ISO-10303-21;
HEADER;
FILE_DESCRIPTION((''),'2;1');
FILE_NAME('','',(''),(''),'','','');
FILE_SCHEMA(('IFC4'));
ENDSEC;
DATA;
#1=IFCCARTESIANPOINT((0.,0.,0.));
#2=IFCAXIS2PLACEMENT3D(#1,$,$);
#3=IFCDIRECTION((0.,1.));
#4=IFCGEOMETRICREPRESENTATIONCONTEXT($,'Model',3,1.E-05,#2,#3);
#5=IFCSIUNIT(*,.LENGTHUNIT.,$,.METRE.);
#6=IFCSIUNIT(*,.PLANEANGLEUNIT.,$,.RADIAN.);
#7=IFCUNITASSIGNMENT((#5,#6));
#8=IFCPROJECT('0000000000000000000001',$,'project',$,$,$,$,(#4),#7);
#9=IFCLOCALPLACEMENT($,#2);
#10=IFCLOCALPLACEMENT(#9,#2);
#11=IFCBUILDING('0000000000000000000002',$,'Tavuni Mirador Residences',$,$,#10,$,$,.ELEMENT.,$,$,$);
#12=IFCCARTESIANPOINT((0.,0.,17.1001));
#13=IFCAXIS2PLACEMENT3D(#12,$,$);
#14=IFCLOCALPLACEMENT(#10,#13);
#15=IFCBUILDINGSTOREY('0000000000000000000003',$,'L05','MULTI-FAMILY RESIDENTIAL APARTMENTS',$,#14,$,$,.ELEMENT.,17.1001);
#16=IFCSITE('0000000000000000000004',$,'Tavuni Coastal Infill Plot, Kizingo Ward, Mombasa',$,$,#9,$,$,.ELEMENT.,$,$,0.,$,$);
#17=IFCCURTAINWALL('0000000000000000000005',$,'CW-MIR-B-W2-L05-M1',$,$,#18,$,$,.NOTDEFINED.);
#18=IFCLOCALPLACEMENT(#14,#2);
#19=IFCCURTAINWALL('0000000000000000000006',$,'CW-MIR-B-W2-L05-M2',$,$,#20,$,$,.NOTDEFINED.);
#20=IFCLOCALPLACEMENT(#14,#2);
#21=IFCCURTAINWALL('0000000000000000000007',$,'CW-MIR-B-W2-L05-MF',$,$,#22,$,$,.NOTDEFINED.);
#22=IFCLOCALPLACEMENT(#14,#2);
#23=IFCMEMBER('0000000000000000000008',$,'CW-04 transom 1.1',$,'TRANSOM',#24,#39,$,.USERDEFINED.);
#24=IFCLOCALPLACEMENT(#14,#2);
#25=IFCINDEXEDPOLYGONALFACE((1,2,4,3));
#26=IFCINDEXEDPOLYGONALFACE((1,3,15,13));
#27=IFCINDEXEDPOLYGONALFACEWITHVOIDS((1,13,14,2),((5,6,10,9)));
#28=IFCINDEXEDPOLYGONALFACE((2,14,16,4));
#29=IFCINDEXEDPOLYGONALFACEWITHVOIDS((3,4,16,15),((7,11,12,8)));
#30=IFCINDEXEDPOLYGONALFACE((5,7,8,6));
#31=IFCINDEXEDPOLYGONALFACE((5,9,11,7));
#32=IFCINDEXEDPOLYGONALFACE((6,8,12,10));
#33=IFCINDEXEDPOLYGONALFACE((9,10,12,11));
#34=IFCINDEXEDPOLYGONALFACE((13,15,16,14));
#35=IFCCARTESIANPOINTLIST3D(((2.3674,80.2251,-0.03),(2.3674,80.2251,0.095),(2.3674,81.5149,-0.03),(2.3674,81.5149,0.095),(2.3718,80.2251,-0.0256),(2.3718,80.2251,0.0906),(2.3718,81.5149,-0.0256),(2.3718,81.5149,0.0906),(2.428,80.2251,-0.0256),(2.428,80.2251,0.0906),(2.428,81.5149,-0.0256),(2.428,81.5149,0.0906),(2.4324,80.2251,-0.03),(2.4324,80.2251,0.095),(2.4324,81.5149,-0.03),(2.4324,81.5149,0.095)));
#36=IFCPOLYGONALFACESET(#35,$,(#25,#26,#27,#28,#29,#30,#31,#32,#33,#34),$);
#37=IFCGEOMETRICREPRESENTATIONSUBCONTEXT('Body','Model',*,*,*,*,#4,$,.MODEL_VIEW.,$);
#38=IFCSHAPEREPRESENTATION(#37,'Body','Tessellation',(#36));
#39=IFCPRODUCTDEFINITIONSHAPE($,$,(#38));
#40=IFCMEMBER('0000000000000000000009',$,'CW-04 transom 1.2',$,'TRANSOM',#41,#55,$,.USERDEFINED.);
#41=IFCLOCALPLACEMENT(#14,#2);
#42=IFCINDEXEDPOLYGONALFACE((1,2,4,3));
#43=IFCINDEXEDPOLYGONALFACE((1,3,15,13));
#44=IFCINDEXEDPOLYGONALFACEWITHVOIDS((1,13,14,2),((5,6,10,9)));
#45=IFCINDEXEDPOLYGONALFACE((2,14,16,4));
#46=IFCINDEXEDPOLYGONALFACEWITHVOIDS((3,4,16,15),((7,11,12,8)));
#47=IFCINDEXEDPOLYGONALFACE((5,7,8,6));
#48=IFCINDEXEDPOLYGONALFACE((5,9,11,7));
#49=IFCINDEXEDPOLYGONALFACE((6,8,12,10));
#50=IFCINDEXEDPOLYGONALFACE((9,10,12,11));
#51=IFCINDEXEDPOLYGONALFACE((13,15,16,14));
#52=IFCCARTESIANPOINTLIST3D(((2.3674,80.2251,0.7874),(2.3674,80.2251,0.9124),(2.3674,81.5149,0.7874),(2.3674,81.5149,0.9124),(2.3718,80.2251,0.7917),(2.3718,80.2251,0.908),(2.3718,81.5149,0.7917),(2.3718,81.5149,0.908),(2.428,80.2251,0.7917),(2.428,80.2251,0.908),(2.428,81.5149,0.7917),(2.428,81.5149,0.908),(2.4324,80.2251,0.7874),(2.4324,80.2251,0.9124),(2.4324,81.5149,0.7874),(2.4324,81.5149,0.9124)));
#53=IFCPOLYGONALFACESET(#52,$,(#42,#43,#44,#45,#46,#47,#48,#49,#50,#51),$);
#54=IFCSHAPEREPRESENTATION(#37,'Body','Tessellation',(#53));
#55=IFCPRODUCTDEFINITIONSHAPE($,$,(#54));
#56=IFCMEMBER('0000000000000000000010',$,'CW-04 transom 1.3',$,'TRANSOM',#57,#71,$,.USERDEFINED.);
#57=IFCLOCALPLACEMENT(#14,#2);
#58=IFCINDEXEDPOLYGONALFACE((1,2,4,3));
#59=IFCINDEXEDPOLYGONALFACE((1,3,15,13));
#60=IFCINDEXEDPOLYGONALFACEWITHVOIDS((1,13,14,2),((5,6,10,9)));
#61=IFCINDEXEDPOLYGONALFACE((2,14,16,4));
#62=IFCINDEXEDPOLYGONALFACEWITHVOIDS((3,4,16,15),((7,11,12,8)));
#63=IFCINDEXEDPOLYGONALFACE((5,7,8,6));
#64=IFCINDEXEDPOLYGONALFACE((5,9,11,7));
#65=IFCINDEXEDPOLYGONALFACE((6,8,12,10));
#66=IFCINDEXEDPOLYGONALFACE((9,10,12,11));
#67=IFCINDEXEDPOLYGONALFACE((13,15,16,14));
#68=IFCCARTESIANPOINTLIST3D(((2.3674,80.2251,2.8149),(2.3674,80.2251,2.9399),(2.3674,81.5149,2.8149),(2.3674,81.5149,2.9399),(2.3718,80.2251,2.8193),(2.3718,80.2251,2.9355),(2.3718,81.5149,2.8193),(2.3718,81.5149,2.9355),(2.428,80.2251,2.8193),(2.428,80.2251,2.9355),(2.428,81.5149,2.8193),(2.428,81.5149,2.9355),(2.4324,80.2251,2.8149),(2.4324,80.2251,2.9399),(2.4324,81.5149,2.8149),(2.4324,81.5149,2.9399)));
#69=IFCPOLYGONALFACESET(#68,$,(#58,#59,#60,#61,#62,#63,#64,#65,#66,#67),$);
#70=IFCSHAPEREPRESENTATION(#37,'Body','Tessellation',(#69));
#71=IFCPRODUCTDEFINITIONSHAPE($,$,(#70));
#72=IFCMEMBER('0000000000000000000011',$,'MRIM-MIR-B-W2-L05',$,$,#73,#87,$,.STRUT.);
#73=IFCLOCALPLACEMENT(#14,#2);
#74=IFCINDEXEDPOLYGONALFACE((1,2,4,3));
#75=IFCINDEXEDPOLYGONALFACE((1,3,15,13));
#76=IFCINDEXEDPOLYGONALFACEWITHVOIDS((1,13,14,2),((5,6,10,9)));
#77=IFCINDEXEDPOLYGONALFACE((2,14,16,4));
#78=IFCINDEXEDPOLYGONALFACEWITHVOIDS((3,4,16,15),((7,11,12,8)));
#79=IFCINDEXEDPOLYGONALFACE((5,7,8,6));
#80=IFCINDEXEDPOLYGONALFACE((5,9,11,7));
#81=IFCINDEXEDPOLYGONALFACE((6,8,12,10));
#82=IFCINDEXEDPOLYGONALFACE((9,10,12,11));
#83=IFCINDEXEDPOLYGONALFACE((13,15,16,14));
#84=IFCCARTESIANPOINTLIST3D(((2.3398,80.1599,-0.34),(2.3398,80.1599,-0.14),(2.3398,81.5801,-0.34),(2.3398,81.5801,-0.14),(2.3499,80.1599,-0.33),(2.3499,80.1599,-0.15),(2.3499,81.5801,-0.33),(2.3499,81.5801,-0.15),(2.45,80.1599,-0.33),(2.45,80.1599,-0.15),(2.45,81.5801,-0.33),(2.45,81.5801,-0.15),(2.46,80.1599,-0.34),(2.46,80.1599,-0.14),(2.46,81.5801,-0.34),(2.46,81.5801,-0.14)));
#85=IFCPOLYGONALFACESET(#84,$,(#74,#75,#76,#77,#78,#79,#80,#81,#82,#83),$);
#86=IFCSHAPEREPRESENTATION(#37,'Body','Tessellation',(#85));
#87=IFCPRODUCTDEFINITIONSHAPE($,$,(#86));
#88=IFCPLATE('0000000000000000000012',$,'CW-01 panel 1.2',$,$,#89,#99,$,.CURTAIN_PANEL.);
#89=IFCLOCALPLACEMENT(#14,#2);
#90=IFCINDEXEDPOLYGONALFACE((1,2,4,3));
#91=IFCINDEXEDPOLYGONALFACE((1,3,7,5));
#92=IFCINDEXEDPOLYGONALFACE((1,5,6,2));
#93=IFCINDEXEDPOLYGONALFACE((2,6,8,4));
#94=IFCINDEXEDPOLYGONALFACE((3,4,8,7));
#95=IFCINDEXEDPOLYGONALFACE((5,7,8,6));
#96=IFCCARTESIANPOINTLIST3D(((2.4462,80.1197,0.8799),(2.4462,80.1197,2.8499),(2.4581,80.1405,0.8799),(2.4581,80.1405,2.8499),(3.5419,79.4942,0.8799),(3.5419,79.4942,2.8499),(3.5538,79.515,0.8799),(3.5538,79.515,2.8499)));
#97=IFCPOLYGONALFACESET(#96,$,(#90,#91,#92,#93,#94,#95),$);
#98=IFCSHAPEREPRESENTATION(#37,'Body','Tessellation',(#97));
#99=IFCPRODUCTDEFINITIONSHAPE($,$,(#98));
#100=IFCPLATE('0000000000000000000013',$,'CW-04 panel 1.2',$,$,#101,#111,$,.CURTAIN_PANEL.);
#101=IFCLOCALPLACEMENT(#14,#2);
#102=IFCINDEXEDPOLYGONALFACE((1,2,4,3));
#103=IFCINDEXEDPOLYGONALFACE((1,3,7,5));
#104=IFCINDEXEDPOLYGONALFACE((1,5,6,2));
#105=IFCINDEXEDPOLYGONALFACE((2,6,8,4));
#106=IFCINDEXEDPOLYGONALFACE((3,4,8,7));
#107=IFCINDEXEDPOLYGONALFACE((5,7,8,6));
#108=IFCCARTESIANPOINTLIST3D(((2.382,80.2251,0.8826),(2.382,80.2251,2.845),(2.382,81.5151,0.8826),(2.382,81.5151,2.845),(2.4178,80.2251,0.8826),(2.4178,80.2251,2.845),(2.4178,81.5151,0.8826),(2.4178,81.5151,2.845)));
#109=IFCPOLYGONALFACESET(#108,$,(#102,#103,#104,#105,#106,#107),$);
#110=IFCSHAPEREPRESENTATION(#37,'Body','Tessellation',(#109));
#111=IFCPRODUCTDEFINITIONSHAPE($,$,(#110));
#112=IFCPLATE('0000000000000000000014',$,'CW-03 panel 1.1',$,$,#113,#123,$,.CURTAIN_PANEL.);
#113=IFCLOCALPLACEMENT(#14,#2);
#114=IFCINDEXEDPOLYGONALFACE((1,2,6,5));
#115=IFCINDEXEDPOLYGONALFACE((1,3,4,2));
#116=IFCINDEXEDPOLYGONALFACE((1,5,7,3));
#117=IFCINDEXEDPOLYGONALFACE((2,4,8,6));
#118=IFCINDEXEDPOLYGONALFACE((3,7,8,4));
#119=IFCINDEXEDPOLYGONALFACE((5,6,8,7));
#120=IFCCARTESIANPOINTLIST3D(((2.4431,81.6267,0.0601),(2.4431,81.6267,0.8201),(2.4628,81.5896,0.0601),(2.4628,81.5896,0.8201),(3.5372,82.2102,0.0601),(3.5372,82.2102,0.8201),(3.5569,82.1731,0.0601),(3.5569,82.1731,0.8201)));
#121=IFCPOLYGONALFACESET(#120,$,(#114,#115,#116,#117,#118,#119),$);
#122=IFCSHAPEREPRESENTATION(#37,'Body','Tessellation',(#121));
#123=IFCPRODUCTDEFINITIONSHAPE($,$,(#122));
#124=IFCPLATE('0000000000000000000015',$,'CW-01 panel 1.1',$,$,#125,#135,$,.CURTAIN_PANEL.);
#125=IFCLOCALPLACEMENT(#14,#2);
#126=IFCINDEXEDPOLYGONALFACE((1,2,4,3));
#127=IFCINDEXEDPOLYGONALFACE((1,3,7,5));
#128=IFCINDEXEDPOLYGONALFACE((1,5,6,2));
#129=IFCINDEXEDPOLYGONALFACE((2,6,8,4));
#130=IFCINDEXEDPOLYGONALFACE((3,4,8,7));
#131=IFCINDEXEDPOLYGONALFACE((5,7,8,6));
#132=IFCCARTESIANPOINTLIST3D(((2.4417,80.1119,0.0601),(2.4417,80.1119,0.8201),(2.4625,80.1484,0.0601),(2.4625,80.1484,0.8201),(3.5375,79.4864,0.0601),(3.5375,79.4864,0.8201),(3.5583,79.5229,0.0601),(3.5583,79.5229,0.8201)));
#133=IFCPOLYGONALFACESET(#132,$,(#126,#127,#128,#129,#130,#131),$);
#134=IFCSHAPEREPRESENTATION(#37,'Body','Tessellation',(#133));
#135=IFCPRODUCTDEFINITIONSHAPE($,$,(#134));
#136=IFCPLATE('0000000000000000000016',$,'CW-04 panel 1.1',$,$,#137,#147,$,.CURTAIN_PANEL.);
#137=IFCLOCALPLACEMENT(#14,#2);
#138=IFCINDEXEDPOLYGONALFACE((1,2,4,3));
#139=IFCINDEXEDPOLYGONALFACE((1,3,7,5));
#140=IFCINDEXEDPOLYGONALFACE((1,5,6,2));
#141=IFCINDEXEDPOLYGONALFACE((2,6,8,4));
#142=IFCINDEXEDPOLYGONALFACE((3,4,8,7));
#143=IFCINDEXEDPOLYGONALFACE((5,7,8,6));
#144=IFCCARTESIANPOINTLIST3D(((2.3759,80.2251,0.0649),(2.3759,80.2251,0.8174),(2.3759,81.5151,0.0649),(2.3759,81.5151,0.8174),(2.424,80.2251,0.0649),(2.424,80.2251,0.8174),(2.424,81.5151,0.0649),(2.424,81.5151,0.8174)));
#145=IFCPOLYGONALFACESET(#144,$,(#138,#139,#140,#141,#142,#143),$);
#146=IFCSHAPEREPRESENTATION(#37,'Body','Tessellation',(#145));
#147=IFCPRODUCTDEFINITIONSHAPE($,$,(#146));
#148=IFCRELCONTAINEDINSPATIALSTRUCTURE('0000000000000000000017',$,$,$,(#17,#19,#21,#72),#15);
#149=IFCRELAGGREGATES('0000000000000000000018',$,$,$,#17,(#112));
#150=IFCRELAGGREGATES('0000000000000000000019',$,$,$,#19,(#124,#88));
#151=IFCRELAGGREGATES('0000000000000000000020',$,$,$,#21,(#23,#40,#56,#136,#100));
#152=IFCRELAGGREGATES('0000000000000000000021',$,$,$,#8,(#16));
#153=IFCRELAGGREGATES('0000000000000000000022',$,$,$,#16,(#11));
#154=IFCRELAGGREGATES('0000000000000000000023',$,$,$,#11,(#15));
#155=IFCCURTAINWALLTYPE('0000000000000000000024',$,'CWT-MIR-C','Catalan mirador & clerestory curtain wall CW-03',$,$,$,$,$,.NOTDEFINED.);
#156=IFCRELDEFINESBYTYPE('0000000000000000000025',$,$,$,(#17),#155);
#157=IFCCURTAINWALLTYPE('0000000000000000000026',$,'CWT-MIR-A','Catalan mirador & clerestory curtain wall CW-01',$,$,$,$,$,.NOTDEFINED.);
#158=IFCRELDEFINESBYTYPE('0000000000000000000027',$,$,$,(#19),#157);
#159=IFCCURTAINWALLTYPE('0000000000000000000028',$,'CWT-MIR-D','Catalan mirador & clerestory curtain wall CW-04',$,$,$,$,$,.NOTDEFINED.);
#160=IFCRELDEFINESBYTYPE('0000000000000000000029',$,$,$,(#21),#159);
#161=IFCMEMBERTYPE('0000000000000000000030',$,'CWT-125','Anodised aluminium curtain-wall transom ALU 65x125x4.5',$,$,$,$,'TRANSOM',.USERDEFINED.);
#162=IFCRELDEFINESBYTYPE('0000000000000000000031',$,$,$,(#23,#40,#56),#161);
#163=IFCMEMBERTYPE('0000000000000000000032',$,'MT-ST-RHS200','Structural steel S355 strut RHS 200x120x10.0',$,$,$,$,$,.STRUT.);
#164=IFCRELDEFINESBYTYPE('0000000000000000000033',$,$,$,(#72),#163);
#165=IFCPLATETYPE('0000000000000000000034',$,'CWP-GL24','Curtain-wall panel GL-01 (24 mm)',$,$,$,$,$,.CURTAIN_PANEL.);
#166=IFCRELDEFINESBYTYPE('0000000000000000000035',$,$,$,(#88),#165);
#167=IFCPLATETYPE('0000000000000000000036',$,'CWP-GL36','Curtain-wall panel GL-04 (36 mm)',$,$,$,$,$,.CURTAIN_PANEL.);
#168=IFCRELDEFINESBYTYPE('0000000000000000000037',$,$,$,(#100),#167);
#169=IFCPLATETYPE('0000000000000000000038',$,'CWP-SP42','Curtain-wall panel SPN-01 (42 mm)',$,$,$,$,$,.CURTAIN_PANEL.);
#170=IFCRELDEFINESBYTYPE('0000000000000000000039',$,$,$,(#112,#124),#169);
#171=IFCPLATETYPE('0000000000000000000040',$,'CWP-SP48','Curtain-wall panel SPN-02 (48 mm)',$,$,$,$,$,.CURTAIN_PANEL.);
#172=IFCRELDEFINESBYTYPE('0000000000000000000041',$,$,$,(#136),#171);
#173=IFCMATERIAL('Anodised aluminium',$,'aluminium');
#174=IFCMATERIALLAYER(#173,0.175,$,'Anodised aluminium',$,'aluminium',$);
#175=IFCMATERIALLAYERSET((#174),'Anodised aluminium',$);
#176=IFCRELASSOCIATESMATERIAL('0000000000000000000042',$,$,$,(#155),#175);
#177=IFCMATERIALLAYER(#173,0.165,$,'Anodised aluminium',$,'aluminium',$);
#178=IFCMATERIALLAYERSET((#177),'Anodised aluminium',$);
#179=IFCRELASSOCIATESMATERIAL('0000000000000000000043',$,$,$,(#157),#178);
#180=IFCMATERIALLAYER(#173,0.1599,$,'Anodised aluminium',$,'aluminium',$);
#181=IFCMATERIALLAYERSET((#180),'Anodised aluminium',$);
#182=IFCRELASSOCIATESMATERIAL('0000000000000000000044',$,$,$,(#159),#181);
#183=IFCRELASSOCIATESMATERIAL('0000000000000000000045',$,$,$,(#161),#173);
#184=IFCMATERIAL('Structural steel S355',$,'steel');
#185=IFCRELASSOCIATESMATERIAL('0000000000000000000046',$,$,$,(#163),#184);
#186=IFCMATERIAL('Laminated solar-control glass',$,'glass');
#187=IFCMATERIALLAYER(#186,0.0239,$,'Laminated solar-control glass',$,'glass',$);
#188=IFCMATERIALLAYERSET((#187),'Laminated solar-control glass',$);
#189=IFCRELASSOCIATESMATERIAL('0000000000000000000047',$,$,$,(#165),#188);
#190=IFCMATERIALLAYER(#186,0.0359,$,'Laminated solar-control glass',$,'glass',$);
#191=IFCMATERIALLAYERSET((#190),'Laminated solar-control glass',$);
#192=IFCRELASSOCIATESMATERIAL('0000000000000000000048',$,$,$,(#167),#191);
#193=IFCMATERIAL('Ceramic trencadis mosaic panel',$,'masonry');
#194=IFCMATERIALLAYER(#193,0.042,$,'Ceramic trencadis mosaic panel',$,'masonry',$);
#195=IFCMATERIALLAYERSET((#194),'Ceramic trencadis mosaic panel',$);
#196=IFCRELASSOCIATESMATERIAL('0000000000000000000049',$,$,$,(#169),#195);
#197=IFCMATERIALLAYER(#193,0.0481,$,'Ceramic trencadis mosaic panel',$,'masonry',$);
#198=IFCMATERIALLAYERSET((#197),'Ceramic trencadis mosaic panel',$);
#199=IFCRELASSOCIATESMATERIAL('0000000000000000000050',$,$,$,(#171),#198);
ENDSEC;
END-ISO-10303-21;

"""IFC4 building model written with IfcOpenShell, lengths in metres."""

from ifc_helpers import new_model, si_unit, direction, frame, origin, origin_2d, place, context, subcontext, project, spatial, rectangle, hollow_rectangle, extrude, material, layer, layer_set, material_profile, profile_set, type_object, element, aggregate, save


model = new_model("IFC4")

# Units and contexts
model_context = context("Model", 3, precision=1e-05, world=origin(), true_north=direction((0.0, 1.0)))
body_context = subcontext(model_context, "Body", "Model", "MODEL_VIEW")
ifc_project = project(units=[si_unit("LENGTHUNIT", "METRE"), si_unit("PLANEANGLEUNIT", "RADIAN")], contexts=[model_context])

# Site, building, storey
site_placement = place(None, origin())
site = spatial("IfcSite", under=ifc_project, at=site_placement, Name="Tavuni Coastal Infill Plot, Kizingo Ward, Mombasa", CompositionType="ELEMENT", RefElevation=0.0)
building_placement = place(site_placement, origin())
building = spatial("IfcBuilding", under=site, at=building_placement, Name="Tavuni Mirador Residences", CompositionType="ELEMENT")
storey_placement = place(building_placement, frame((0.0, 0.0, 17.1001)))
storey = spatial("IfcBuildingStorey", under=building, at=storey_placement, Name="L05", Description="MULTI-FAMILY RESIDENTIAL APARTMENTS", CompositionType="ELEMENT", Elevation=17.1001)

# Curtain wall
ifc_material_1 = material(Name="Anodised aluminium", Category="aluminium")
ifc_layer_1 = layer(ifc_material_1, 0.175, Name="Anodised aluminium", Category="aluminium")
ifc_layer_set_1 = layer_set([ifc_layer_1], Name="Anodised aluminium")
curtain_wall_type_1 = type_object("IfcCurtainWallType", Name="CWT-MIR-C", Description="Catalan mirador & clerestory curtain wall CW-03", PredefinedType="NOTDEFINED", material=ifc_layer_set_1)
curtain_wall_1_placement = place(storey_placement, origin())
curtain_wall_1 = element("IfcCurtainWall", 1, at=curtain_wall_1_placement, inside=storey, type_object=curtain_wall_type_1, Name="CW-MIR-B-W2-L05-M1", PredefinedType="NOTDEFINED")

# Curtain walls
ifc_layer_2 = layer(ifc_material_1, 0.165, Name="Anodised aluminium", Category="aluminium")
ifc_layer_set_2 = layer_set([ifc_layer_2], Name="Anodised aluminium")
curtain_wall_type_2 = type_object("IfcCurtainWallType", Name="CWT-MIR-A", Description="Catalan mirador & clerestory curtain wall CW-01", PredefinedType="NOTDEFINED", material=ifc_layer_set_2)
curtain_wall_2_placement = place(storey_placement, origin())
curtain_wall_2 = element("IfcCurtainWall", 2, at=curtain_wall_2_placement, inside=storey, type_object=curtain_wall_type_2, Name="CW-MIR-B-W2-L05-M2", PredefinedType="NOTDEFINED")
ifc_layer_3 = layer(ifc_material_1, 0.1599, Name="Anodised aluminium", Category="aluminium")
ifc_layer_set_3 = layer_set([ifc_layer_3], Name="Anodised aluminium")
curtain_wall_type_3 = type_object("IfcCurtainWallType", Name="CWT-MIR-D", Description="Catalan mirador & clerestory curtain wall CW-04", PredefinedType="NOTDEFINED", material=ifc_layer_set_3)
curtain_wall_3_placement = place(storey_placement, origin())
curtain_wall_3 = element("IfcCurtainWall", 3, at=curtain_wall_3_placement, inside=storey, type_object=curtain_wall_type_3, Name="CW-MIR-B-W2-L05-MF", PredefinedType="NOTDEFINED")

# Members
ifc_material_profile_1 = material_profile(ifc_material_1, hollow_rectangle(XDim=0.0649, YDim=0.125, WallThickness=0.0044, at=origin_2d()), Name="ALU 65x125x4.5", Category="aluminium")
ifc_profile_set_1 = profile_set([ifc_material_profile_1], Name="Anodised aluminium")
member_type_1 = type_object("IfcMemberType", Name="CWT-125", Description="Anodised aluminium curtain-wall transom ALU 65x125x4.5", ElementType="TRANSOM", PredefinedType="USERDEFINED", material=ifc_profile_set_1)
member_1_placement = place(storey_placement, frame((2.3999, 81.5149, 0.0325), z_axis=(0.0, -1.0, 0.0), x_axis=(1.0, 0.0, 0.0)))
member_1 = element("IfcMember", 4, at=member_1_placement, type_object=member_type_1, Name="CW-04 transom 1.1", ObjectType="TRANSOM", PredefinedType="USERDEFINED", context=body_context, shape_type="SweptSolid", body=[
    extrude(hollow_rectangle(XDim=0.0649, YDim=0.125, WallThickness=0.0044, at=origin_2d()), origin(), (0.0, 0.0, 1.0), 1.2898),
])
member_2_placement = place(storey_placement, frame((2.3999, 81.5149, 0.8499), z_axis=(0.0, -1.0, 0.0), x_axis=(1.0, 0.0, 0.0)))
member_2 = element("IfcMember", 5, at=member_2_placement, type_object=member_type_1, Name="CW-04 transom 1.2", ObjectType="TRANSOM", PredefinedType="USERDEFINED", context=body_context, shape_type="SweptSolid", body=[
    extrude(hollow_rectangle(XDim=0.0649, YDim=0.125, WallThickness=0.0044, at=origin_2d()), origin(), (0.0, 0.0, 1.0), 1.2898),
])
member_3_placement = place(storey_placement, frame((2.3999, 81.5149, 2.8774), z_axis=(0.0, -1.0, 0.0), x_axis=(1.0, 0.0, 0.0)))
member_3 = element("IfcMember", 6, at=member_3_placement, type_object=member_type_1, Name="CW-04 transom 1.3", ObjectType="TRANSOM", PredefinedType="USERDEFINED", context=body_context, shape_type="SweptSolid", body=[
    extrude(hollow_rectangle(XDim=0.0649, YDim=0.125, WallThickness=0.0044, at=origin_2d()), origin(), (0.0, 0.0, 1.0), 1.2898),
])
ifc_material_2 = material(Name="Structural steel S355", Category="steel")
ifc_material_profile_2 = material_profile(ifc_material_2, hollow_rectangle(XDim=0.1201, YDim=0.2, WallThickness=0.01, at=origin_2d()), Name="RHS 200x120x10.0", Category="steel")
ifc_profile_set_2 = profile_set([ifc_material_profile_2], Name="Structural steel S355")
member_type_2 = type_object("IfcMemberType", Name="MT-ST-RHS200", Description="Structural steel S355 strut RHS 200x120x10.0", PredefinedType="STRUT", material=ifc_profile_set_2)
member_4_placement = place(storey_placement, frame((2.3999, 80.1599, -0.24), z_axis=(0.0, 1.0, 0.0), x_axis=(-1.0, 0.0, 0.0)))
element("IfcMember", 7, at=member_4_placement, inside=storey, type_object=member_type_2, Name="MRIM-MIR-B-W2-L05", PredefinedType="STRUT", context=body_context, shape_type="SweptSolid", body=[
    extrude(hollow_rectangle(XDim=0.1201, YDim=0.2, WallThickness=0.01, at=origin_2d()), origin(), (0.0, 0.0, 1.0), 1.4202),
])

# Plates
ifc_material_3 = material(Name="Laminated solar-control glass", Category="glass")
ifc_layer_4 = layer(ifc_material_3, 0.0239, Name="Laminated solar-control glass", Category="glass")
ifc_layer_set_4 = layer_set([ifc_layer_4], Name="Laminated solar-control glass")
plate_type_1 = type_object("IfcPlateType", Name="CWP-GL24", Description="Curtain-wall panel GL-01 (24 mm)", PredefinedType="CURTAIN_PANEL", material=ifc_layer_set_4)
plate_1_placement = place(storey_placement, frame((3.0, 79.8174, 0.8799), z_axis=(0.0, 0.0, 1.0), x_axis=(0.868466, -0.495749, 0.0)))
plate_1 = element("IfcPlate", 8, at=plate_1_placement, type_object=plate_type_1, Name="CW-01 panel 1.2", PredefinedType="CURTAIN_PANEL", context=body_context, shape_type="SweptSolid", body=[
    extrude(rectangle(XDim=1.2617, YDim=0.0239, at=origin_2d()), origin(), (0.0, 0.0, 1.0), 1.97),
])
ifc_layer_5 = layer(ifc_material_3, 0.0359, Name="Laminated solar-control glass", Category="glass")
ifc_layer_set_5 = layer_set([ifc_layer_5], Name="Laminated solar-control glass")
plate_type_2 = type_object("IfcPlateType", Name="CWP-GL36", Description="Curtain-wall panel GL-04 (36 mm)", PredefinedType="CURTAIN_PANEL", material=ifc_layer_set_5)
plate_2_placement = place(storey_placement, frame((2.3999, 80.8701, 0.8826), z_axis=(0.0, 0.0, 1.0), x_axis=(0.0, -1.0, 0.0)))
plate_2 = element("IfcPlate", 9, at=plate_2_placement, type_object=plate_type_2, Name="CW-04 panel 1.2", PredefinedType="CURTAIN_PANEL", context=body_context, shape_type="SweptSolid", body=[
    extrude(rectangle(XDim=1.29, YDim=0.0359, at=origin_2d()), origin(), (0.0, 0.0, 1.0), 1.9624),
])
ifc_material_4 = material(Name="Ceramic trencadis mosaic panel", Category="masonry")
ifc_layer_6 = layer(ifc_material_4, 0.042, Name="Ceramic trencadis mosaic panel", Category="masonry")
ifc_layer_set_6 = layer_set([ifc_layer_6], Name="Ceramic trencadis mosaic panel")
plate_type_3 = type_object("IfcPlateType", Name="CWP-SP42", Description="Curtain-wall panel SPN-01 (42 mm)", PredefinedType="CURTAIN_PANEL", material=ifc_layer_set_6)
plate_3_placement = place(storey_placement, frame((3.0, 81.8999, 0.0601), z_axis=(0.0, 0.0, 1.0), x_axis=(-0.882353, -0.470588, 0.0)))
plate_3 = element("IfcPlate", 10, at=plate_3_placement, type_object=plate_type_3, Name="CW-03 panel 1.1", PredefinedType="CURTAIN_PANEL", context=body_context, shape_type="SweptSolid", body=[
    extrude(rectangle(XDim=1.24, YDim=0.042, at=origin_2d()), origin(), (0.0, 0.0, 1.0), 0.76),
])
aggregate(curtain_wall_1, [plate_3])
plate_4_placement = place(storey_placement, frame((3.0, 79.8174, 0.0601), z_axis=(0.0, 0.0, 1.0), x_axis=(0.868466, -0.495749, 0.0)))
plate_4 = element("IfcPlate", 11, at=plate_4_placement, type_object=plate_type_3, Name="CW-01 panel 1.1", PredefinedType="CURTAIN_PANEL", context=body_context, shape_type="SweptSolid", body=[
    extrude(rectangle(XDim=1.2617, YDim=0.042, at=origin_2d()), origin(), (0.0, 0.0, 1.0), 0.76),
])
aggregate(curtain_wall_2, [plate_4, plate_1])
ifc_layer_7 = layer(ifc_material_4, 0.0481, Name="Ceramic trencadis mosaic panel", Category="masonry")
ifc_layer_set_7 = layer_set([ifc_layer_7], Name="Ceramic trencadis mosaic panel")
plate_type_4 = type_object("IfcPlateType", Name="CWP-SP48", Description="Curtain-wall panel SPN-02 (48 mm)", PredefinedType="CURTAIN_PANEL", material=ifc_layer_set_7)
plate_5_placement = place(storey_placement, frame((2.3999, 80.8701, 0.0649), z_axis=(0.0, 0.0, 1.0), x_axis=(0.0, -1.0, 0.0)))
plate_5 = element("IfcPlate", 12, at=plate_5_placement, type_object=plate_type_4, Name="CW-04 panel 1.1", PredefinedType="CURTAIN_PANEL", context=body_context, shape_type="SweptSolid", body=[
    extrude(rectangle(XDim=1.29, YDim=0.0481, at=origin_2d()), origin(), (0.0, 0.0, 1.0), 0.7524),
])
aggregate(curtain_wall_3, [member_1, member_2, member_3, plate_5, plate_2])

save(model, "model.ifc")
